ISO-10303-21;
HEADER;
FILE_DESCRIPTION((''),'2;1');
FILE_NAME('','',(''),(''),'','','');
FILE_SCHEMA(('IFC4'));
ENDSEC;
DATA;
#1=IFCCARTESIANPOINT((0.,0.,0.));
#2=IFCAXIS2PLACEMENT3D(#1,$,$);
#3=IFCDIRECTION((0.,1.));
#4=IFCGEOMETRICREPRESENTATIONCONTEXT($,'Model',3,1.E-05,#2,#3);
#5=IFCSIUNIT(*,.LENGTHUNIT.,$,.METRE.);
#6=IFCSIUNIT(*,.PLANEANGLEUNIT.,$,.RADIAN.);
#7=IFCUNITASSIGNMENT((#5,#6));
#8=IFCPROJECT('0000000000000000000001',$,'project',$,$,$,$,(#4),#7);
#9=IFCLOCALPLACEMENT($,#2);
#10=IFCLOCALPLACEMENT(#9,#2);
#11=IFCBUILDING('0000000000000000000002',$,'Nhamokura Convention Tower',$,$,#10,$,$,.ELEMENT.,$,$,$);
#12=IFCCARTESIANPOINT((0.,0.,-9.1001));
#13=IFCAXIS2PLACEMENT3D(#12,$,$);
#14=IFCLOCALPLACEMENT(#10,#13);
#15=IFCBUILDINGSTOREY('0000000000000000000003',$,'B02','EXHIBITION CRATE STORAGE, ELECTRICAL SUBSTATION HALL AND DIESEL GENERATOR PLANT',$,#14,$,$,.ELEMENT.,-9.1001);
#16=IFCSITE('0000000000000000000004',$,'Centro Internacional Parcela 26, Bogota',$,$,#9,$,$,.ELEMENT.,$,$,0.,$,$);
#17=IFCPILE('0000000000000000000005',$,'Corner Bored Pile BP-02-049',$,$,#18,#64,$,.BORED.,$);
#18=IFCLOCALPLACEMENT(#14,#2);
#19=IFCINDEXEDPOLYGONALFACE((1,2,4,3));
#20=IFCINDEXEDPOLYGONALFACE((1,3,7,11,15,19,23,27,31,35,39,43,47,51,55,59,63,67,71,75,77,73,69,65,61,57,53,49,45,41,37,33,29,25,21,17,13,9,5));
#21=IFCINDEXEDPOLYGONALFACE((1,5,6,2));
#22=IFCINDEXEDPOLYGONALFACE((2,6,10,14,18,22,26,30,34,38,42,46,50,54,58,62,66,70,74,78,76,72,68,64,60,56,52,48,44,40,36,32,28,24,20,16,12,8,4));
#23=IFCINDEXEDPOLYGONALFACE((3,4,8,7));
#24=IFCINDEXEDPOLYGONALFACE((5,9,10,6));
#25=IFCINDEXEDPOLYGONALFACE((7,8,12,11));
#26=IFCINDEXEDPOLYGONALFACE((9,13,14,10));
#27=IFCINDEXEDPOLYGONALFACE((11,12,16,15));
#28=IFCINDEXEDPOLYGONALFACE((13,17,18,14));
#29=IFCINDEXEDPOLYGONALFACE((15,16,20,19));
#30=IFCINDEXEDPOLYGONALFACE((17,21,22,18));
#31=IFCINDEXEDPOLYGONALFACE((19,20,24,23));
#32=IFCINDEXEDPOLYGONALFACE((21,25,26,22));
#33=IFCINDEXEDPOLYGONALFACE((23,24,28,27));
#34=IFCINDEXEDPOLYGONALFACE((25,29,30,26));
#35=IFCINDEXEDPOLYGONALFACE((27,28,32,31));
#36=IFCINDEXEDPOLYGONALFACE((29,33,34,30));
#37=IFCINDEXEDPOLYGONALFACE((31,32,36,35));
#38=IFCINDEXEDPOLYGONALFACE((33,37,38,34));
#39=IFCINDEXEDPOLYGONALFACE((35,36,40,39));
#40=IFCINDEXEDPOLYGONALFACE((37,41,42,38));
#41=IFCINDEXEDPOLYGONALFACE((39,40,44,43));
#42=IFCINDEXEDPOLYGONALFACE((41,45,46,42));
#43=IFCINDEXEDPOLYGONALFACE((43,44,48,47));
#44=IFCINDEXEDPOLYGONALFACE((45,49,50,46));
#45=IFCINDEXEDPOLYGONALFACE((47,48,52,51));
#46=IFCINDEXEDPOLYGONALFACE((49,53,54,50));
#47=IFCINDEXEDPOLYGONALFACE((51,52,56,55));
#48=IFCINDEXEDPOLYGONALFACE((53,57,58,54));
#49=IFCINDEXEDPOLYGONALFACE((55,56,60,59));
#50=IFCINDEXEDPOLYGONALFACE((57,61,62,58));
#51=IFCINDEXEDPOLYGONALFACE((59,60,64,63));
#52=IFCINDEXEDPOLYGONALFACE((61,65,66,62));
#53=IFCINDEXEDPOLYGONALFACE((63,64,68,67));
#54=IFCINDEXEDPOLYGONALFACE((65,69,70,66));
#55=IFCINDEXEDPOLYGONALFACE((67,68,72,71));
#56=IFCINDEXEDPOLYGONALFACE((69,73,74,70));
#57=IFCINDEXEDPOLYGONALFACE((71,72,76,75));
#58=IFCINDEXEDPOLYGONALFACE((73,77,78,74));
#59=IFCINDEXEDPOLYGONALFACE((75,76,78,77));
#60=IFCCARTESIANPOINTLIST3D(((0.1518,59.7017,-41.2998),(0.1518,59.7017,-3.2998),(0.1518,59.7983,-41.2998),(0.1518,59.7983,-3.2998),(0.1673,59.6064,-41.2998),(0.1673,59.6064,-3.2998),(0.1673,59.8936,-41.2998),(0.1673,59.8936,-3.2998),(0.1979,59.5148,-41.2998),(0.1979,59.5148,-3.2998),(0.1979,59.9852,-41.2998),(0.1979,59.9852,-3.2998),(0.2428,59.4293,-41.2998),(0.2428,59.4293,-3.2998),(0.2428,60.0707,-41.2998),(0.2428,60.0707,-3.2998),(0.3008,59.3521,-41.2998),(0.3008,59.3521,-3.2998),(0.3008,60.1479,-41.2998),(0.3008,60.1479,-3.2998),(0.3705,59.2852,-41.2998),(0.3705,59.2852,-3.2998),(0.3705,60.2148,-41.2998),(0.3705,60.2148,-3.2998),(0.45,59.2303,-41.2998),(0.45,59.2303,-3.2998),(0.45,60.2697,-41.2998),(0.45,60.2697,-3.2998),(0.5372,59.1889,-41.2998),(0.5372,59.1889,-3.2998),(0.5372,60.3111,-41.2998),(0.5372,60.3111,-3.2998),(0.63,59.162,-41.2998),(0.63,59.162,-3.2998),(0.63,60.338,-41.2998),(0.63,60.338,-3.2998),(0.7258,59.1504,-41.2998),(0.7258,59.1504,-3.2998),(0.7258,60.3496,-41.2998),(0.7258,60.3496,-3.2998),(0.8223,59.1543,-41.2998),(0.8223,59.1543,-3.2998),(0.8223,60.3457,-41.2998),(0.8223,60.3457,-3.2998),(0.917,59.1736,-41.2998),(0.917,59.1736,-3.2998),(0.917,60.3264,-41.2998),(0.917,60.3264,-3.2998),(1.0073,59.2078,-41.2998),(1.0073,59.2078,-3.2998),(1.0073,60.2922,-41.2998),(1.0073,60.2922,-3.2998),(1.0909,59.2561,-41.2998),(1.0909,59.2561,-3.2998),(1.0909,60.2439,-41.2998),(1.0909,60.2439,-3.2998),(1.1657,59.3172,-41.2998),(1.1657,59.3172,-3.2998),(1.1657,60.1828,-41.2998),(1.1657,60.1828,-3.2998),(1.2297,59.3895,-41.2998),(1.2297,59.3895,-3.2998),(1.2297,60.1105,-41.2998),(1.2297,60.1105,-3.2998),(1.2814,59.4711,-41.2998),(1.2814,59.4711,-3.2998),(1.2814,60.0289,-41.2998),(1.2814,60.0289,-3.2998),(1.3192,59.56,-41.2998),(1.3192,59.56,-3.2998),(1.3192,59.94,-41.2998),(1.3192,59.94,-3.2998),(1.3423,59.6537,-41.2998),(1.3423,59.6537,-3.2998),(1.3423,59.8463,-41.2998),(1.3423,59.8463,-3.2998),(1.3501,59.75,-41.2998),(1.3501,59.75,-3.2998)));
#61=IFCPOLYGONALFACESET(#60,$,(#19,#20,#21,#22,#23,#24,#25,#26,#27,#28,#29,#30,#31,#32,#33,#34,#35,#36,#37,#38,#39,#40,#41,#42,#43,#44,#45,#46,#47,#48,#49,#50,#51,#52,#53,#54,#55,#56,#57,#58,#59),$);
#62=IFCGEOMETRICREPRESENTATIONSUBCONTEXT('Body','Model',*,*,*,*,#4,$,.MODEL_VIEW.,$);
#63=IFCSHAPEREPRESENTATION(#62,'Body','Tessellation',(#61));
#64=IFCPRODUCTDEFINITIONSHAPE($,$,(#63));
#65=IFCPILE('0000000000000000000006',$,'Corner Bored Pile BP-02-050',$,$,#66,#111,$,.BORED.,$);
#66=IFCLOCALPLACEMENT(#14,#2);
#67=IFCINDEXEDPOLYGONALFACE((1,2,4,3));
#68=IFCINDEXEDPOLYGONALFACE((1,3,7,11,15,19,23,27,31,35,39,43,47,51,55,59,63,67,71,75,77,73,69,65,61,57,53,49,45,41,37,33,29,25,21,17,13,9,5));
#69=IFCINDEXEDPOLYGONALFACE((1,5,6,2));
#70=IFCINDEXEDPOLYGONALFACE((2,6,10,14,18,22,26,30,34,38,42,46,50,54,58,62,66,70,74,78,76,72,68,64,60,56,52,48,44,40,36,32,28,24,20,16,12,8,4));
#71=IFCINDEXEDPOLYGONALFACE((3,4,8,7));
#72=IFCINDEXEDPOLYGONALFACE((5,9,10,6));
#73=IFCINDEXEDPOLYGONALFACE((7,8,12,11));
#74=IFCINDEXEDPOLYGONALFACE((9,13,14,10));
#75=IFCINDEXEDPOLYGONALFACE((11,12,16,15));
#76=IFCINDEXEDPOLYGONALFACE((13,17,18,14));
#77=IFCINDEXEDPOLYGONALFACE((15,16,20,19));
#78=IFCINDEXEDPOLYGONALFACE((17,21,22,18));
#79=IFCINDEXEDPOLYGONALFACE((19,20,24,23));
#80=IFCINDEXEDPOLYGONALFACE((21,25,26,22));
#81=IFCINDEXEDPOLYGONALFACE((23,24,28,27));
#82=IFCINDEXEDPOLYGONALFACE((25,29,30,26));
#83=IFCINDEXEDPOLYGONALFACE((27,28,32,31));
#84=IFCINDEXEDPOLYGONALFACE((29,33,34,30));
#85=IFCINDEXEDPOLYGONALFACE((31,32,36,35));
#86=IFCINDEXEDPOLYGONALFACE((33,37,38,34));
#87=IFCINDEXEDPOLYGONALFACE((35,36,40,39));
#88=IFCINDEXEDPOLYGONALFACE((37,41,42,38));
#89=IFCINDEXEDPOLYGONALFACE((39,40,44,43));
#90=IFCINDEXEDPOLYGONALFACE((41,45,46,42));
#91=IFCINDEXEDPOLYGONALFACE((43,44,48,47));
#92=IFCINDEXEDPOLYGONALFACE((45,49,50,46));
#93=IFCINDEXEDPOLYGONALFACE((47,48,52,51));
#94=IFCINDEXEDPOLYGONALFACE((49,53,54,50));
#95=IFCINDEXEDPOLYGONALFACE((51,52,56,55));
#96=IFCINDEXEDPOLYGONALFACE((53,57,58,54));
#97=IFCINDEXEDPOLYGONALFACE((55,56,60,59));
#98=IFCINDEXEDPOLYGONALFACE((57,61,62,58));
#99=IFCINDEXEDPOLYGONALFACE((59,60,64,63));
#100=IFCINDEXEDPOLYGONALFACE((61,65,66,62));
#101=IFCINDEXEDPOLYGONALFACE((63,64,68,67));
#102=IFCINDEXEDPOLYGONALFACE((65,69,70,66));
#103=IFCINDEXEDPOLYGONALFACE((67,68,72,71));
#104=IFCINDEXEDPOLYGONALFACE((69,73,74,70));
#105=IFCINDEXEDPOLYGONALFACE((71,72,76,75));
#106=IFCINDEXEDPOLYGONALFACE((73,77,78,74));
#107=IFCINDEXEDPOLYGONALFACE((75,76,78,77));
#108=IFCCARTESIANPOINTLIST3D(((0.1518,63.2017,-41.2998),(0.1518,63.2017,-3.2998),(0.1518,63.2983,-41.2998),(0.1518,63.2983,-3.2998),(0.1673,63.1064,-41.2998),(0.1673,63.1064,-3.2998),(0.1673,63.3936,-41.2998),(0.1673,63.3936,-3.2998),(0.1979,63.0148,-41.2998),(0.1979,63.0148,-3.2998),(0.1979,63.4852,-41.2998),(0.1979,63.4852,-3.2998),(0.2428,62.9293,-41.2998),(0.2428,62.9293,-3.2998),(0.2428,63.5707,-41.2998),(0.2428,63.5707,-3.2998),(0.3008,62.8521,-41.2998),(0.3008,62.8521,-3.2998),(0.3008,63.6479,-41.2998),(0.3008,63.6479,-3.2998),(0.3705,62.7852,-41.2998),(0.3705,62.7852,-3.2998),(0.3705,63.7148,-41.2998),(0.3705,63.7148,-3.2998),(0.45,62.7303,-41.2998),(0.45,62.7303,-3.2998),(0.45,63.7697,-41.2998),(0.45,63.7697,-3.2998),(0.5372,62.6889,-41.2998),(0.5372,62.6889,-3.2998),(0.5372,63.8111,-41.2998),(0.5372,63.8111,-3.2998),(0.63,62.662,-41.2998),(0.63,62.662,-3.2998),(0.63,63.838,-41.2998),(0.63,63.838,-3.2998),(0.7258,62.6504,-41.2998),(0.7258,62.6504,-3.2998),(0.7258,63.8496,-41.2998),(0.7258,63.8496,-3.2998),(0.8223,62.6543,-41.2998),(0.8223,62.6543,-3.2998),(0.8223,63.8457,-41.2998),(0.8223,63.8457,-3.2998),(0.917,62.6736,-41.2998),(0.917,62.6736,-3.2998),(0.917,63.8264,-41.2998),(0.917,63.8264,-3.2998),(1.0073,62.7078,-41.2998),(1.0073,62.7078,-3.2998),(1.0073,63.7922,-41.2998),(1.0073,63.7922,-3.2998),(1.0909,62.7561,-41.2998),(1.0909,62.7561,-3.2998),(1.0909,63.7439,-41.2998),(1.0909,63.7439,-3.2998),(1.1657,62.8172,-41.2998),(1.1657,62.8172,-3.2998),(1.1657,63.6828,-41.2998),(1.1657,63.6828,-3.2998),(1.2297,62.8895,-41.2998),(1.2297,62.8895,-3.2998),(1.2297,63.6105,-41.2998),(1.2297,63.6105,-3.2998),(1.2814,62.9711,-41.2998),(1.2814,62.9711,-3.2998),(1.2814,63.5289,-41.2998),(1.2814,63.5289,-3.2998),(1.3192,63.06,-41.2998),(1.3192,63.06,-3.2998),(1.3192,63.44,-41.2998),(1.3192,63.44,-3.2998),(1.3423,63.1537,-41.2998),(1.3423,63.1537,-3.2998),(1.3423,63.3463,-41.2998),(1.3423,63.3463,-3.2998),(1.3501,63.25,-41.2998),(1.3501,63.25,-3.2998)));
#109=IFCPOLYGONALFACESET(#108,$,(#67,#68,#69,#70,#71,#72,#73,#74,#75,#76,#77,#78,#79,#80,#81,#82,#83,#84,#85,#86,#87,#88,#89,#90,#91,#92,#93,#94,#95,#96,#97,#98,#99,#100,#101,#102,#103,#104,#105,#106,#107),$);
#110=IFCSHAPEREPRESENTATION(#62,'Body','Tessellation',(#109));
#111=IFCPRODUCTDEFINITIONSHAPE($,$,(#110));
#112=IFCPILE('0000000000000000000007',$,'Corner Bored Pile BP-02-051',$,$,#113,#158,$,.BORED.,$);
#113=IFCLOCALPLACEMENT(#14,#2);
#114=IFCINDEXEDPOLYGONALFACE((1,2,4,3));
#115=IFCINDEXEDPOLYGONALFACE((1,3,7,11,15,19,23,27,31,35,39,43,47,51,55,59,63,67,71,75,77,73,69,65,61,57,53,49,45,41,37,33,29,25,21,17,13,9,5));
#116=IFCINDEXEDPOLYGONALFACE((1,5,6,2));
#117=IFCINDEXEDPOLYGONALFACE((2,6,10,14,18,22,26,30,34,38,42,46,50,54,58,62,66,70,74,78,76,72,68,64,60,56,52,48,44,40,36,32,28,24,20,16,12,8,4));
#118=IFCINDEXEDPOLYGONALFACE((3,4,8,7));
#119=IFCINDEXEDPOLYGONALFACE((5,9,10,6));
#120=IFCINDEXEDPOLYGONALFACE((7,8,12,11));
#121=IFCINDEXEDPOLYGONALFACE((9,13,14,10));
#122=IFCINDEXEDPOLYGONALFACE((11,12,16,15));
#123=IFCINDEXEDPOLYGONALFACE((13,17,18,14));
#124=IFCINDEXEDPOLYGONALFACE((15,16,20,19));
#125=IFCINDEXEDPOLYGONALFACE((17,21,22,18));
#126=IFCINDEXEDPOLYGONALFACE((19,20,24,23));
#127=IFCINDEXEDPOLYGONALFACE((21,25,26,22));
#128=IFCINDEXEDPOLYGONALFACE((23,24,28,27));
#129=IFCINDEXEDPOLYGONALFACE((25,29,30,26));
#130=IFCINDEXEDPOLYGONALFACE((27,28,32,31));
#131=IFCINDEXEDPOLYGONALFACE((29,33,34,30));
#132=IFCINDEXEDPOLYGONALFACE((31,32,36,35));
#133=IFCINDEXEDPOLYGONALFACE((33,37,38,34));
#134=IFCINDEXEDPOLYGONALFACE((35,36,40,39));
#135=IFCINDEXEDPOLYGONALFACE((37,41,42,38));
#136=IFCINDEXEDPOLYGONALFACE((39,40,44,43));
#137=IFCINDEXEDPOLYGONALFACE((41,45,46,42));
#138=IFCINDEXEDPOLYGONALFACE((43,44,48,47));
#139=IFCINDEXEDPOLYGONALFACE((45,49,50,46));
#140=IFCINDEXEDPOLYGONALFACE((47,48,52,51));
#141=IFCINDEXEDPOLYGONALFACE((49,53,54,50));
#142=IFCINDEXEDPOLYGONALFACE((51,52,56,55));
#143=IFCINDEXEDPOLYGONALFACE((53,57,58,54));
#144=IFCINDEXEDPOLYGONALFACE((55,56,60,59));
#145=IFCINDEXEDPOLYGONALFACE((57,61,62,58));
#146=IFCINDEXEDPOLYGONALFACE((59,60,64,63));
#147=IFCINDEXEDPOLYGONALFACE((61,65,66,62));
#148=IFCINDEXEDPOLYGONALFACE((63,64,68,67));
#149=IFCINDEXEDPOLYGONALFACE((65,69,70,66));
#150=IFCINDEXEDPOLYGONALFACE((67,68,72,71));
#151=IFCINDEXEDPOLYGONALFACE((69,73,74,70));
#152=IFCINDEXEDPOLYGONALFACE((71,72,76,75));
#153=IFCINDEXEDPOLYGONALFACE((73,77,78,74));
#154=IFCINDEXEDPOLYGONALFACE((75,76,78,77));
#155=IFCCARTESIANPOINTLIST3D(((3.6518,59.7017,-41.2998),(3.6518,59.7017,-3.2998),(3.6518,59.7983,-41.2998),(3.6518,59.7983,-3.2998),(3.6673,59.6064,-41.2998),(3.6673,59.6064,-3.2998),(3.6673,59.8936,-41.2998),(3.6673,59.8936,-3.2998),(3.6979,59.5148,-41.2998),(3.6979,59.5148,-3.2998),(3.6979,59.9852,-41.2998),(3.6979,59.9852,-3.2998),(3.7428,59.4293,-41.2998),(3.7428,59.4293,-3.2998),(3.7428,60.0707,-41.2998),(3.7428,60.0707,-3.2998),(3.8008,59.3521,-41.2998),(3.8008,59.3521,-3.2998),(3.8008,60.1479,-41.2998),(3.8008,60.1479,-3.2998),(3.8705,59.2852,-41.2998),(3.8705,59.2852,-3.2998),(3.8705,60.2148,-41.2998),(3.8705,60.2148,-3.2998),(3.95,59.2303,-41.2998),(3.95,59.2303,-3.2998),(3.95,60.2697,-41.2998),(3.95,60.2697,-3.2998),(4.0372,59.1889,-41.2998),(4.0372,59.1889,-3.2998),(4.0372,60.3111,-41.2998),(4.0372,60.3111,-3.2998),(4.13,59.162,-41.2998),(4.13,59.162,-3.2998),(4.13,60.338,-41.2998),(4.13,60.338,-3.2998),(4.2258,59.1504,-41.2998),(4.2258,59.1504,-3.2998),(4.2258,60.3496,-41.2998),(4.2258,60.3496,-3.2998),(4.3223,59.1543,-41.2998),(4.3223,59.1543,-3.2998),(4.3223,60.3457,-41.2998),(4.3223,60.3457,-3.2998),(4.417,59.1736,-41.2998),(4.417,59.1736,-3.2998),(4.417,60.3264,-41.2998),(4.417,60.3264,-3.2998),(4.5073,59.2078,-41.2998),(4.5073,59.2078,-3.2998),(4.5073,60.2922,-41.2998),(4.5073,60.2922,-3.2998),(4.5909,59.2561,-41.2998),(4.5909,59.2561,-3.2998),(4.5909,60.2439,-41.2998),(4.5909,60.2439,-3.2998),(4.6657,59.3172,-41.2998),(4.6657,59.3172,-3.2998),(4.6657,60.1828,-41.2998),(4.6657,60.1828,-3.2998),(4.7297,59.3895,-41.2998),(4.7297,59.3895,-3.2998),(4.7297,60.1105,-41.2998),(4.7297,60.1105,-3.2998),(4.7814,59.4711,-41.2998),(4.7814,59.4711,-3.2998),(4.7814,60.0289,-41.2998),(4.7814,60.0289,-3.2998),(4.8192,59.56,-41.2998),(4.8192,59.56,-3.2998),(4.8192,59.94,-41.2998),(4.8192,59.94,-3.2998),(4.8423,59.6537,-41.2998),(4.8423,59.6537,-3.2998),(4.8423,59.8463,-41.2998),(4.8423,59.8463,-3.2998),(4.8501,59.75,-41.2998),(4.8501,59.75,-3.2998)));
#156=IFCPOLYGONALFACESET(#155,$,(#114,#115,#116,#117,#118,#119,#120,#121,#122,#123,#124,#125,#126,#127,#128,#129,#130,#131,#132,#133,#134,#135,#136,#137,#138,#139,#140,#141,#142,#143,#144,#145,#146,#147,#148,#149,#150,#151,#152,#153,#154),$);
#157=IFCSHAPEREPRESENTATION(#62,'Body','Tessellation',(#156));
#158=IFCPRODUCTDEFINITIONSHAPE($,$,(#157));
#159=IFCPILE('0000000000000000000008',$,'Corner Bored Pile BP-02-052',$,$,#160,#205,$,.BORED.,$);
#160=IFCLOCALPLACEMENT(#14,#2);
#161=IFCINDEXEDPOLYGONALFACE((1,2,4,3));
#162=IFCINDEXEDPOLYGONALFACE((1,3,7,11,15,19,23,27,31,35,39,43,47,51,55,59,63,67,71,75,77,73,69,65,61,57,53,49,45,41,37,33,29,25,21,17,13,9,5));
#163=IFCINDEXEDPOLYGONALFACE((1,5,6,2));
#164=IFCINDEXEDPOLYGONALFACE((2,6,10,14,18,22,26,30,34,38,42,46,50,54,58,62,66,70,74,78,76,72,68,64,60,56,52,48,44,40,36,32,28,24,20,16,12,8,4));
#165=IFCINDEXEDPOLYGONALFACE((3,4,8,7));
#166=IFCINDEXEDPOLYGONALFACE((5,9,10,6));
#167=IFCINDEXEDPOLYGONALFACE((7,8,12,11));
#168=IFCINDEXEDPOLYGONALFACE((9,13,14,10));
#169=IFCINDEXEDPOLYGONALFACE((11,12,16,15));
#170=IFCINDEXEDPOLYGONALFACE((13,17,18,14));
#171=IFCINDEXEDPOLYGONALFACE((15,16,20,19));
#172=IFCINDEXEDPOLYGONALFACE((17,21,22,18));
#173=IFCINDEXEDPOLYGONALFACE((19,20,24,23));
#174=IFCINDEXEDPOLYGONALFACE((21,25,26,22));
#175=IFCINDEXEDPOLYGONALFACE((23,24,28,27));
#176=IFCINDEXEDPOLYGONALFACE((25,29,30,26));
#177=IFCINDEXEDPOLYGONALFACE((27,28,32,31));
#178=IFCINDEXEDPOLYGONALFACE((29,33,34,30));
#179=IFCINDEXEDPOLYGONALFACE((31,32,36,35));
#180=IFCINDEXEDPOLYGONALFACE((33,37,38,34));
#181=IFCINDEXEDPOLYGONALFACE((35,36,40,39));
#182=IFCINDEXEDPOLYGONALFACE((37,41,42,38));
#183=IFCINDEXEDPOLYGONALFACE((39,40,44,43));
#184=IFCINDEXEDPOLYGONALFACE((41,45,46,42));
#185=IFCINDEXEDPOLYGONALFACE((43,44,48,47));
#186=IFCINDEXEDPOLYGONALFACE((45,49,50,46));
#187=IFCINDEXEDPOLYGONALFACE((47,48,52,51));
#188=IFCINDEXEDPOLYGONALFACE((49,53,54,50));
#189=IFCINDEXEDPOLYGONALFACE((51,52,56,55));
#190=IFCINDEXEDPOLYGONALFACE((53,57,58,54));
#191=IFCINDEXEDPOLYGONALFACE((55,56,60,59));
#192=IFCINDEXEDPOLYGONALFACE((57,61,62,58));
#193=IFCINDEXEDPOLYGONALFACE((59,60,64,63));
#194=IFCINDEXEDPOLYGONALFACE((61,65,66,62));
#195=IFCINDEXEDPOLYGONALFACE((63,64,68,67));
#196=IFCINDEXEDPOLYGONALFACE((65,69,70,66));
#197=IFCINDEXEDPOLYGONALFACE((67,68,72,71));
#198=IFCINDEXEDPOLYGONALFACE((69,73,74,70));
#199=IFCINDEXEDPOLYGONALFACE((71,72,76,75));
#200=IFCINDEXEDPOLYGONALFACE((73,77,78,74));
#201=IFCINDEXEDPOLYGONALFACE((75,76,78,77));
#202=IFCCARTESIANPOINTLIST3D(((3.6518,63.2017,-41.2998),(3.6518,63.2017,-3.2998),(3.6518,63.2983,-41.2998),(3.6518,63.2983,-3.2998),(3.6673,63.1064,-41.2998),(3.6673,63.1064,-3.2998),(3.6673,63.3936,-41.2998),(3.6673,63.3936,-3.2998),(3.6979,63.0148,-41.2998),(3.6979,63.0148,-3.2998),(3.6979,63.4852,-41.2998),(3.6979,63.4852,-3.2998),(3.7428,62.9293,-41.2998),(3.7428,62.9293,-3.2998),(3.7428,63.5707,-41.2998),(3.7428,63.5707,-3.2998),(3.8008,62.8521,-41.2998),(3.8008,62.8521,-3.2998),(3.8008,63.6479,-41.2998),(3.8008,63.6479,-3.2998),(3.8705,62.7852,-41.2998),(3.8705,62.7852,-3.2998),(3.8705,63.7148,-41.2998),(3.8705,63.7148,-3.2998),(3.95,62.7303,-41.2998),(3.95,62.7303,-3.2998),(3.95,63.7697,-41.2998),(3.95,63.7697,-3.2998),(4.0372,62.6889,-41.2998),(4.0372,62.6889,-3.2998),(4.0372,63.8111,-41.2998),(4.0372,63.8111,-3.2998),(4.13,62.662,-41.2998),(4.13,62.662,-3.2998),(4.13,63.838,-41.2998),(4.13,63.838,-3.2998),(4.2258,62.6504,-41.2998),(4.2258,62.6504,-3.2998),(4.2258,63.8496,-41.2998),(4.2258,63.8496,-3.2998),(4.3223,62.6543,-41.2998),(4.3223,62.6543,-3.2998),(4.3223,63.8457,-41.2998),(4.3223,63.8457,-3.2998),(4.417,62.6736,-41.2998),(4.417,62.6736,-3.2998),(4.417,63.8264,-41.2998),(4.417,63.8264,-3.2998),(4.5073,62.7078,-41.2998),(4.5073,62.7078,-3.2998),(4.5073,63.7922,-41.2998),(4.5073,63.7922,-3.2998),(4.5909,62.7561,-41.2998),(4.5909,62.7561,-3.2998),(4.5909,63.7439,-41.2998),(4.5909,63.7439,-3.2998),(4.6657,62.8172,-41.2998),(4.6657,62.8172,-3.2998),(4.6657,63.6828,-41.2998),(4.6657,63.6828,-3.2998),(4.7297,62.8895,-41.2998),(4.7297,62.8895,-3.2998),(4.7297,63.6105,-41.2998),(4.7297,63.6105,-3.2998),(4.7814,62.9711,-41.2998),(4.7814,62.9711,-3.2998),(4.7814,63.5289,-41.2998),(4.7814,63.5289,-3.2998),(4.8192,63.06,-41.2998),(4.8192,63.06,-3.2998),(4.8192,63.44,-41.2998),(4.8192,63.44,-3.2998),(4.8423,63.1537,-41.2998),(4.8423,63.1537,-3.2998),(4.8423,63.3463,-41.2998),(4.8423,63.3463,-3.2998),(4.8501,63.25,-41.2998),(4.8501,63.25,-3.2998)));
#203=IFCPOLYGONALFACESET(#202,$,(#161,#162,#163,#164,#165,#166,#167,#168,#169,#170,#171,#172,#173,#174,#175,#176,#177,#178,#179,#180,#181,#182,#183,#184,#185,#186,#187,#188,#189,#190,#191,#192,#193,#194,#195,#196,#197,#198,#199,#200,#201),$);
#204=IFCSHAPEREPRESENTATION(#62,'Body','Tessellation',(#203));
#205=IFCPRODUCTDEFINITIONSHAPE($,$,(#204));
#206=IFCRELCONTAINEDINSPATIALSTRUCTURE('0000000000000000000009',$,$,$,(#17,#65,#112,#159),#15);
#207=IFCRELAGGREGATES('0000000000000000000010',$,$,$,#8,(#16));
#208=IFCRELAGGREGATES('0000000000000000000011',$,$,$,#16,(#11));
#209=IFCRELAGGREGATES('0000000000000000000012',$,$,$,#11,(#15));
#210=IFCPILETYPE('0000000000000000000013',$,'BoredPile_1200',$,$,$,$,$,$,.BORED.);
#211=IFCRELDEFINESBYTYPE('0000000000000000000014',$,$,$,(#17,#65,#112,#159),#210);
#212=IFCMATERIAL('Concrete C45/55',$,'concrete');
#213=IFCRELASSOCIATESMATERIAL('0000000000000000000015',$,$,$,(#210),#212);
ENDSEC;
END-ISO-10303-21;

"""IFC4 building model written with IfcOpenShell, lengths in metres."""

from ifc_helpers import new_model, si_unit, direction, frame, origin, origin_2d, place, context, subcontext, project, spatial, circle, extrude, material, material_profile, profile_set, type_object, element, save


model = new_model("IFC4")

# Units and contexts
model_context = context("Model", 3, precision=1e-05, world=origin(), true_north=direction((0.0, 1.0)))
body_context = subcontext(model_context, "Body", "Model", "MODEL_VIEW")
ifc_project = project(units=[si_unit("LENGTHUNIT", "METRE"), si_unit("PLANEANGLEUNIT", "RADIAN")], contexts=[model_context])

# Site, building, storey
site_placement = place(None, origin())
site = spatial("IfcSite", under=ifc_project, at=site_placement, Name="Centro Internacional Parcela 26, Bogota", CompositionType="ELEMENT", RefElevation=0.0)
building_placement = place(site_placement, origin())
building = spatial("IfcBuilding", under=site, at=building_placement, Name="Nhamokura Convention Tower", CompositionType="ELEMENT")
storey_placement = place(building_placement, frame((0.0, 0.0, -9.1001)))
storey = spatial("IfcBuildingStorey", under=building, at=storey_placement, Name="B02", Description="EXHIBITION CRATE STORAGE, ELECTRICAL SUBSTATION HALL AND DIESEL GENERATOR PLANT", CompositionType="ELEMENT", Elevation=-9.1001)

# Piles
ifc_material_1 = material(Name="Concrete C45/55", Category="concrete")
ifc_material_profile_1 = material_profile(ifc_material_1, circle(Radius=0.6001, at=origin_2d()))
ifc_profile_set_1 = profile_set([ifc_material_profile_1], Name="Concrete C45/55")
pile_type = type_object("IfcPileType", Name="BoredPile_1200", PredefinedType="BORED", material=ifc_profile_set_1)
for number, where, z_axis, x_axis, name in (
    (1, (0.75, 59.75, -3.2998), (0.0, 0.0, -1.0), (1.0, 0.0, 0.0), "Corner Bored Pile BP-02-049"),
    (2, (0.75, 63.25, -3.2998), (0.0, 0.0, -1.0), (1.0, 0.0, 0.0), "Corner Bored Pile BP-02-050"),
    (3, (4.25, 59.75, -3.2998), (0.0, 0.0, -1.0), (1.0, 0.0, 0.0), "Corner Bored Pile BP-02-051"),
    (4, (4.25, 63.25, -3.2998), (0.0, 0.0, -1.0), (1.0, 0.0, 0.0), "Corner Bored Pile BP-02-052"),
):
    element("IfcPile", number, at=place(storey_placement, frame(where, z_axis=z_axis, x_axis=x_axis)), inside=storey, type_object=pile_type, Name=name, PredefinedType="BORED", context=body_context, shape_type="SweptSolid", body=[
        extrude(circle(Radius=0.6001, at=origin_2d()), origin(), (0.0, 0.0, 1.0), 38.0),
    ])

save(model, "model.ifc")
